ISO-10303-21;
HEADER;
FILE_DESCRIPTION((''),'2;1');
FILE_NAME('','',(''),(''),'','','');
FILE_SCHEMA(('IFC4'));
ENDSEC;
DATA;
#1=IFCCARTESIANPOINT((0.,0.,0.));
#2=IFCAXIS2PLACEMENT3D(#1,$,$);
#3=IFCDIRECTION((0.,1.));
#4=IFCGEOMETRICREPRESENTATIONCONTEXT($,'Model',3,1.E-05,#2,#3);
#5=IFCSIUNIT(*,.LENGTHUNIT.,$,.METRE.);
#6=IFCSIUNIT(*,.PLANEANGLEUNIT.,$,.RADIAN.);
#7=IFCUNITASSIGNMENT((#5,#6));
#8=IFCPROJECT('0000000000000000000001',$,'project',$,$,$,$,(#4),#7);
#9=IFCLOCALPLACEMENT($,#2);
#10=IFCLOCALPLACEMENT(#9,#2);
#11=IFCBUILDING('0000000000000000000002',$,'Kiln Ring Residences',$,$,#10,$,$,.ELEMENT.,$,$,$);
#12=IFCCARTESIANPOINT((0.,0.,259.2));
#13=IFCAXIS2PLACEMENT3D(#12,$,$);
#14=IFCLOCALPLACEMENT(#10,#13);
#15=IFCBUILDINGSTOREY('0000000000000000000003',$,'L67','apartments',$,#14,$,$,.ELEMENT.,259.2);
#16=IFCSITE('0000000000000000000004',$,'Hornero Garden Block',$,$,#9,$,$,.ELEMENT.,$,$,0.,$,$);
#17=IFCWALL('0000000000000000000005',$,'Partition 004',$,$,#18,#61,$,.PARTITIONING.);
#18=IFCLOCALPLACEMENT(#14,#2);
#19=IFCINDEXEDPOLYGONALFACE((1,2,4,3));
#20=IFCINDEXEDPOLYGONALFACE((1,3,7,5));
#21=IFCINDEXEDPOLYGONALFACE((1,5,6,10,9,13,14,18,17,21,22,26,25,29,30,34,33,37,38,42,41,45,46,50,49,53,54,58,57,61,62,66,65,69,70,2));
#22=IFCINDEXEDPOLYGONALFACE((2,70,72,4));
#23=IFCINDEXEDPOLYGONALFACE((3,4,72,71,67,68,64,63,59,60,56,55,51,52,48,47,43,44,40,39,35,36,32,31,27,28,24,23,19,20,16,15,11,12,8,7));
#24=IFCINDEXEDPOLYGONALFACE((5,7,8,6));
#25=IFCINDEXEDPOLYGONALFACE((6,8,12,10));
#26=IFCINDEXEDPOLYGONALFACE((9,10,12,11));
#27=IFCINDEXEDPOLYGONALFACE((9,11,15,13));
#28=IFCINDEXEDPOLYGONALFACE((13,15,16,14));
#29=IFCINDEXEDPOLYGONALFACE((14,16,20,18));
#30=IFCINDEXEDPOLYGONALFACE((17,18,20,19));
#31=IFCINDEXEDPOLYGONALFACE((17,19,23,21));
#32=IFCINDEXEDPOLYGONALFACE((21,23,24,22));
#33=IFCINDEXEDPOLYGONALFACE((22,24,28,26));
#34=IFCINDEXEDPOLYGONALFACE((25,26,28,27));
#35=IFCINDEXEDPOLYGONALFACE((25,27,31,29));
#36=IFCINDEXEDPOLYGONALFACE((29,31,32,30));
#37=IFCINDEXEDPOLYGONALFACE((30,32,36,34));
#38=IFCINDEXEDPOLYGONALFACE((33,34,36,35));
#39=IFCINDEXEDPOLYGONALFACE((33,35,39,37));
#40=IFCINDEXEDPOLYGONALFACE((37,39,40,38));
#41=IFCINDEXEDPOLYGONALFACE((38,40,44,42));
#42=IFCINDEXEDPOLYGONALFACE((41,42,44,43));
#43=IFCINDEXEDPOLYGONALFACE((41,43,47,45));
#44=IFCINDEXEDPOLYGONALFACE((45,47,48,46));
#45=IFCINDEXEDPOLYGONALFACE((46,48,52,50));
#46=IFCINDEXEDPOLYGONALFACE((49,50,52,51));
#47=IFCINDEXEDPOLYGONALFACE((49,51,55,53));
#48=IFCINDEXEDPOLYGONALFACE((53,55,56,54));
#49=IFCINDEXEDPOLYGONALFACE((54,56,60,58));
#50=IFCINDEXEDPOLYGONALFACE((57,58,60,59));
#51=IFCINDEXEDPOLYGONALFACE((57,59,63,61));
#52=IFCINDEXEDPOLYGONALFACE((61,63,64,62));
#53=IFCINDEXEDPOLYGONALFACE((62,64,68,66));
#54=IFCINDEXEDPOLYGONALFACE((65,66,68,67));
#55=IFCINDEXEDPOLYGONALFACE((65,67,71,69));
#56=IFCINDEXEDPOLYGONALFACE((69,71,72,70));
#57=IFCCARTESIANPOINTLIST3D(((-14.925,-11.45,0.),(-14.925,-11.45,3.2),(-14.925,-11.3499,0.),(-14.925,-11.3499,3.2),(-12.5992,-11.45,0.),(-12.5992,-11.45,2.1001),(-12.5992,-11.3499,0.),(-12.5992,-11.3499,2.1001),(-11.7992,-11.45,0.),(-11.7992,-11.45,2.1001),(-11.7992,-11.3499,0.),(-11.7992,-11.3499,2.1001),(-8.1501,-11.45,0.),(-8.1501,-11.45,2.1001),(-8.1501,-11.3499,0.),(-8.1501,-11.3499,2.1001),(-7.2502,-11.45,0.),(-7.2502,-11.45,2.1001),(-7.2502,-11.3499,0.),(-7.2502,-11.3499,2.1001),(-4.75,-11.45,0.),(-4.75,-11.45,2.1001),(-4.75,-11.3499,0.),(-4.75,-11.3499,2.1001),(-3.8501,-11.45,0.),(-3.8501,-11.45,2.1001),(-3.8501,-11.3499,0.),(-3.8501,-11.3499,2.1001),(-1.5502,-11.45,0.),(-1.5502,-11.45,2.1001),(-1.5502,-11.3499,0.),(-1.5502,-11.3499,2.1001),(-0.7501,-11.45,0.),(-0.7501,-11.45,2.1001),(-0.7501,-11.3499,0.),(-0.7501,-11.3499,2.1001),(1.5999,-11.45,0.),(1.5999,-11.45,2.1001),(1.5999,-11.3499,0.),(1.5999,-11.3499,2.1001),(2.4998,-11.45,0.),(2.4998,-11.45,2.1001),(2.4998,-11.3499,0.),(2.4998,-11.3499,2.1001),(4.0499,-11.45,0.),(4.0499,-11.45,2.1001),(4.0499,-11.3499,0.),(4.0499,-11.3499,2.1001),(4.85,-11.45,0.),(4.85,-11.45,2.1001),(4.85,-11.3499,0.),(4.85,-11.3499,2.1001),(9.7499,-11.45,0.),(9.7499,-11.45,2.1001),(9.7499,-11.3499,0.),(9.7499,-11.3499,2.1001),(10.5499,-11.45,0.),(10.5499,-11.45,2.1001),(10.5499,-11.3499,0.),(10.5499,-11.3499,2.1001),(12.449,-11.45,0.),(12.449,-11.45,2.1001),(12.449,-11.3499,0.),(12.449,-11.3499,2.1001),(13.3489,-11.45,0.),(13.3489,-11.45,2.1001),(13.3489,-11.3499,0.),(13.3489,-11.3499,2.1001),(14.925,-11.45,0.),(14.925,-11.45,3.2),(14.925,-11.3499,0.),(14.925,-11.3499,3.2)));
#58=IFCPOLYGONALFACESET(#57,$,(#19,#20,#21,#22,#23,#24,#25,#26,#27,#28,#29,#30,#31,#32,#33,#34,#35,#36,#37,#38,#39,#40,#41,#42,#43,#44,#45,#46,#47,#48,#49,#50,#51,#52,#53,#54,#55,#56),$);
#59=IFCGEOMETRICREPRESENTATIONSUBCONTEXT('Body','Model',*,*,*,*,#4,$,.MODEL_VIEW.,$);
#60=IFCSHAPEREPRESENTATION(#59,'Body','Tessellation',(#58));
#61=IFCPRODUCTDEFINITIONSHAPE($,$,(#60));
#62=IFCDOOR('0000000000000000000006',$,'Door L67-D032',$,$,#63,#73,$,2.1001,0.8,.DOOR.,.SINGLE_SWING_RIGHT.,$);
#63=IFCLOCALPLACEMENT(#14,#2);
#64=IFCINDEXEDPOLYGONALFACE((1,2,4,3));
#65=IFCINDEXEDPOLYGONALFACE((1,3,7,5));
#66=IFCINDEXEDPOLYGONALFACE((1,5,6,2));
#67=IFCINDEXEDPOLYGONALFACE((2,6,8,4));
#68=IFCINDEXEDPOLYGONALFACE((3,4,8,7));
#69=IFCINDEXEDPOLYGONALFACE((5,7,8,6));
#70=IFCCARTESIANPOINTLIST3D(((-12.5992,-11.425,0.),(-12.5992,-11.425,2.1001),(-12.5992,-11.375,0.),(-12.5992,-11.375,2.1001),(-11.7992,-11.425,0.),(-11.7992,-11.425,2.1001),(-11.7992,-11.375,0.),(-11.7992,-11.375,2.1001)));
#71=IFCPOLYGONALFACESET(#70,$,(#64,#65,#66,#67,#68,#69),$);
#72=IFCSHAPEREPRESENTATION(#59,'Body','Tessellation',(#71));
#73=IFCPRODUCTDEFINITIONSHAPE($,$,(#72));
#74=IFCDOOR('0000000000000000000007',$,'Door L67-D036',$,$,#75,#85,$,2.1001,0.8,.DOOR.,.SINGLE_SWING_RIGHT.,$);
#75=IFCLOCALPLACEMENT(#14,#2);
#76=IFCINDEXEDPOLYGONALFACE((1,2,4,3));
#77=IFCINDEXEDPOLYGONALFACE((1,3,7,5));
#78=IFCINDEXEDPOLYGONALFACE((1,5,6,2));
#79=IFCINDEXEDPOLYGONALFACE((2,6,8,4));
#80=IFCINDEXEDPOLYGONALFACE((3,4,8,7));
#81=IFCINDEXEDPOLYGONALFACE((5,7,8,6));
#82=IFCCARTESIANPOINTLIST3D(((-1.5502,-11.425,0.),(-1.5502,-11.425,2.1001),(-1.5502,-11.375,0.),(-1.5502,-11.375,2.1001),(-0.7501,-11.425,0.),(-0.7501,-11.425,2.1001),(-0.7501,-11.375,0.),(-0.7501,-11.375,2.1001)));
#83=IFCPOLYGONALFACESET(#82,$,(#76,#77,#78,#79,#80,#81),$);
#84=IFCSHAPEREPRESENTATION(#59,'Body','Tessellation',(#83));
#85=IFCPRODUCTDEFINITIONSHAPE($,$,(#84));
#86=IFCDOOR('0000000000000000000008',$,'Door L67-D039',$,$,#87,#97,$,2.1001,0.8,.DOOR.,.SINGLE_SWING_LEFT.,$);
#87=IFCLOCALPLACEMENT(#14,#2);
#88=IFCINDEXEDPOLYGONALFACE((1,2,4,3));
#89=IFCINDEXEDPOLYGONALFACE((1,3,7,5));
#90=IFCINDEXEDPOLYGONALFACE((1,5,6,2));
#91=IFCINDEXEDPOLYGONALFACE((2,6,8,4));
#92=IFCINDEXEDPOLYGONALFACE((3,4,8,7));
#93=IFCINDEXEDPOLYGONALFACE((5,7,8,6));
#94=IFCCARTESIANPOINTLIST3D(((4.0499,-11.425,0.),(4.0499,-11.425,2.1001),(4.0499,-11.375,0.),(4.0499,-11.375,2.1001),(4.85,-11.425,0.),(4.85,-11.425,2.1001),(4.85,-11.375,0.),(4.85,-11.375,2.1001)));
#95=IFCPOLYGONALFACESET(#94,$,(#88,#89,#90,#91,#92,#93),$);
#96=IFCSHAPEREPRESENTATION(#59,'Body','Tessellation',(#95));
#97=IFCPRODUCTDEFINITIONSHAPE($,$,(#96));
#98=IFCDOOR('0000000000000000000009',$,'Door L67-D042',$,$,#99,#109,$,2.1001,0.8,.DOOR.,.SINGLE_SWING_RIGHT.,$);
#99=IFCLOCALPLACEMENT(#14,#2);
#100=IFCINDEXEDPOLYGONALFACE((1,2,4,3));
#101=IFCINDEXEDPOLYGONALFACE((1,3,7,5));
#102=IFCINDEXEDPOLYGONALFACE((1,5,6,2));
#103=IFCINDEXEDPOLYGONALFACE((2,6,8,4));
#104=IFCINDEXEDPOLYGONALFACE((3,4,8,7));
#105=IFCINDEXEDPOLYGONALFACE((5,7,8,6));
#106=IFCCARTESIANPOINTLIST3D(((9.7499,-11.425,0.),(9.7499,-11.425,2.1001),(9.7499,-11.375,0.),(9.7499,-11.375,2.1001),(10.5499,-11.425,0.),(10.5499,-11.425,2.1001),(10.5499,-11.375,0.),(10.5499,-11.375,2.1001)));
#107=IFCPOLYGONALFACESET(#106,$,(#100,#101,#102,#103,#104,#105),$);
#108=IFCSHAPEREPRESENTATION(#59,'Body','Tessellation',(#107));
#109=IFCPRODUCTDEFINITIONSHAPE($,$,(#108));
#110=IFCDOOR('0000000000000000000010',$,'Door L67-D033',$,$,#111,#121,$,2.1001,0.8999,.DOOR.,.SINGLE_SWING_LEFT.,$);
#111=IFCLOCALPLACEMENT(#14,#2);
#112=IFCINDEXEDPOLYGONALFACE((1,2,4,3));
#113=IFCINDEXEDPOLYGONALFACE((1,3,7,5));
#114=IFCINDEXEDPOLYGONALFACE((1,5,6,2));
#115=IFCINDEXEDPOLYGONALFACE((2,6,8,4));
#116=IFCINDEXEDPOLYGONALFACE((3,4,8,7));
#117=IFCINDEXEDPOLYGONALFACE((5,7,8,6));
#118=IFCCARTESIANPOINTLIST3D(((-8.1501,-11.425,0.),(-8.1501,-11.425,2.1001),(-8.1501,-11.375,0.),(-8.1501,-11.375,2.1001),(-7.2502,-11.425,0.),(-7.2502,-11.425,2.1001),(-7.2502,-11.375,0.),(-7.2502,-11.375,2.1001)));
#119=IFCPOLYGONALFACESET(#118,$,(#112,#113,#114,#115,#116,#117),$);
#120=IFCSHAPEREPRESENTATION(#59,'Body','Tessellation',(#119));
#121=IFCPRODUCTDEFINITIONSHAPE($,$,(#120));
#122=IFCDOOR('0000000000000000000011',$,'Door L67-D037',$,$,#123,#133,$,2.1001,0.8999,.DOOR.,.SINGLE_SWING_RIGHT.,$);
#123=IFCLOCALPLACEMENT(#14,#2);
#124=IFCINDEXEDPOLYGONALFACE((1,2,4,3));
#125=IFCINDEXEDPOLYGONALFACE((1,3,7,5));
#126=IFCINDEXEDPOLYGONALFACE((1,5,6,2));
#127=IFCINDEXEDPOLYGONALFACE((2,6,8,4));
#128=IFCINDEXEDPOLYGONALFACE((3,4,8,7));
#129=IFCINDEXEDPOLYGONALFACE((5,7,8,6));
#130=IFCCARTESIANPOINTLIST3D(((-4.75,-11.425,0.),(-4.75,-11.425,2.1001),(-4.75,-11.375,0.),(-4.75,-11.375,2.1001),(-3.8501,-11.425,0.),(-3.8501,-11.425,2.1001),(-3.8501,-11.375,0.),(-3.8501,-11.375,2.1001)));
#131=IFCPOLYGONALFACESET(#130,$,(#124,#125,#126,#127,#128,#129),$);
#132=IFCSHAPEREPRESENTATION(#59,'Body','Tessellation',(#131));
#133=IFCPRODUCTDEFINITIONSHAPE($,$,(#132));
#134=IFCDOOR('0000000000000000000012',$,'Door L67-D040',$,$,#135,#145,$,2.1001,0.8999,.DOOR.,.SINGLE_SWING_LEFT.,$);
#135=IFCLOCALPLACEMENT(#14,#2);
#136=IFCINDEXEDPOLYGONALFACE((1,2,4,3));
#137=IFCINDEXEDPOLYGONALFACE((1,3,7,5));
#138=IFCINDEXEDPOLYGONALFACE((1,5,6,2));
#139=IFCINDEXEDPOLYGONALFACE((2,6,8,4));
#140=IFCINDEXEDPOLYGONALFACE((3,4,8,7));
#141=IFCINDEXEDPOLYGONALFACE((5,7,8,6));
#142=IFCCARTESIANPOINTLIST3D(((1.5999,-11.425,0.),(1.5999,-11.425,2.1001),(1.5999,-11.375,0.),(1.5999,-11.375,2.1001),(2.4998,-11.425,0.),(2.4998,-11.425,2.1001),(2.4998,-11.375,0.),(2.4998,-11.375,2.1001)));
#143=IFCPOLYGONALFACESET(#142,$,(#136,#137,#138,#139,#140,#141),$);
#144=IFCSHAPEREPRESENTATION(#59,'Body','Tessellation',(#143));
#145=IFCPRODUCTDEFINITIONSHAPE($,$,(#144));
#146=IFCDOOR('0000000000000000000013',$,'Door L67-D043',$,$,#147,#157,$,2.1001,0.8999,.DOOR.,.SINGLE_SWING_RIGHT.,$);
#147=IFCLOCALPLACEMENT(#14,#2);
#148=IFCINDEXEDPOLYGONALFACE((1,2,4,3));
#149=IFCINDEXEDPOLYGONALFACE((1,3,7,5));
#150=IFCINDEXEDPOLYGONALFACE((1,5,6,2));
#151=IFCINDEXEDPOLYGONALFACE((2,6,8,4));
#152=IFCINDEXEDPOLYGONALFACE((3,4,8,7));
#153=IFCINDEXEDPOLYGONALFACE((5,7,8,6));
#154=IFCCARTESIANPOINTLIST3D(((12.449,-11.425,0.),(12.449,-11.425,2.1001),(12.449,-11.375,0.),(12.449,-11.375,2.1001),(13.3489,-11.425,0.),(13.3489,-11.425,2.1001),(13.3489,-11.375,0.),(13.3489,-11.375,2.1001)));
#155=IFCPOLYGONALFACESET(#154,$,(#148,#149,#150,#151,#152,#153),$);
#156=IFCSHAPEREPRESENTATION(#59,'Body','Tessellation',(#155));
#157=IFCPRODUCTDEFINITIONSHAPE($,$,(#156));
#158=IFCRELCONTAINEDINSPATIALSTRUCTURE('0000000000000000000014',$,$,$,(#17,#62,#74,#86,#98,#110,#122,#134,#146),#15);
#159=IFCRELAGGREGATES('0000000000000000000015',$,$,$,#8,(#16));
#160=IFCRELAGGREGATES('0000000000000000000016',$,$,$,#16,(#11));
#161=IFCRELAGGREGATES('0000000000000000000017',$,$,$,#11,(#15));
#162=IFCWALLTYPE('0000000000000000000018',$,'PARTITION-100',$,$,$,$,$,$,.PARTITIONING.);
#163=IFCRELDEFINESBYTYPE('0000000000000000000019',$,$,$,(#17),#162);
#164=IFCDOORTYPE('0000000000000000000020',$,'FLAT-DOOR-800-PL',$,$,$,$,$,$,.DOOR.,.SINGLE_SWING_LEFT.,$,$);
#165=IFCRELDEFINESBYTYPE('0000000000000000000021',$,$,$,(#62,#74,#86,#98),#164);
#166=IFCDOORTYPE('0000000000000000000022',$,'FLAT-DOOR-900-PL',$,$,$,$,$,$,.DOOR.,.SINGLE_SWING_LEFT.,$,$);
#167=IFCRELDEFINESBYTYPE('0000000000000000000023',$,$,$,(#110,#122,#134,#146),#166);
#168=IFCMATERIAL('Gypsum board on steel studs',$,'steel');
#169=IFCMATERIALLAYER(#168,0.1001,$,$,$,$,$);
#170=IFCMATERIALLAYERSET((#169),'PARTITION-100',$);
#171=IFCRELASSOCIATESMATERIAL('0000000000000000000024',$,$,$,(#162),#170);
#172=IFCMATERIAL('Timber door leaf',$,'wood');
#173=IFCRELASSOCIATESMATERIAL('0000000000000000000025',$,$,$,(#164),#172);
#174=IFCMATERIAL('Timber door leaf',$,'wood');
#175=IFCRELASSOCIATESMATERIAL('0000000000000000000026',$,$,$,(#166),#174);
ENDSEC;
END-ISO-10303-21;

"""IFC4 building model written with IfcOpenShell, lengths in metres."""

from ifc_helpers import new_model, si_unit, direction, frame, frame_2d, origin, place, context, subcontext, project, spatial, rectangle, extrude, material, layer, layer_set, type_object, element, fill, save


model = new_model("IFC4")

# Units and contexts
model_context = context("Model", 3, precision=1e-05, world=origin(), true_north=direction((0.0, 1.0)))
body_context = subcontext(model_context, "Body", "Model", "MODEL_VIEW")
ifc_project = project(units=[si_unit("LENGTHUNIT", "METRE"), si_unit("PLANEANGLEUNIT", "RADIAN")], contexts=[model_context])

# Site, building, storey
site_placement = place(None, origin())
site = spatial("IfcSite", under=ifc_project, at=site_placement, Name="Hornero Garden Block", CompositionType="ELEMENT", RefElevation=0.0)
building_placement = place(site_placement, origin())
building = spatial("IfcBuilding", under=site, at=building_placement, Name="Kiln Ring Residences", CompositionType="ELEMENT")
storey_placement = place(building_placement, frame((0.0, 0.0, 259.2)))
storey = spatial("IfcBuildingStorey", under=building, at=storey_placement, Name="L67", Description="apartments", CompositionType="ELEMENT", Elevation=259.2)

# Wall, openings, doors
ifc_material_1 = material(Name="Gypsum board on steel studs", Category="steel")
ifc_layer_1 = layer(ifc_material_1, 0.1001)
ifc_layer_set_1 = layer_set([ifc_layer_1], Name="PARTITION-100")
wall_type_1 = type_object("IfcWallType", Name="PARTITION-100", PredefinedType="PARTITIONING", material=ifc_layer_set_1)
wall_1_placement = place(storey_placement, frame((-14.925, -11.3999, 0.0), z_axis=(0.0, 0.0, 1.0), x_axis=(1.0, 0.0, 0.0)))
wall_1 = element("IfcWall", 1, at=wall_1_placement, inside=storey, type_object=wall_type_1, Name="Partition 004", PredefinedType="PARTITIONING", context=body_context, shape_type="SweptSolid", body=[
    extrude(rectangle(XDim=29.8501, YDim=0.1001, at=frame_2d((14.925, 0.0))), origin(), (0.0, 0.0, 1.0), 3.2),
])
opening_1_placement = place(wall_1_placement, frame((2.3259, 0.0, 0.0)))
opening_1 = element("IfcOpeningElement", 2, at=opening_1_placement, cuts=wall_1, PredefinedType="OPENING", context=body_context, shape_type="SweptSolid", body=[
    extrude(rectangle(XDim=0.8, YDim=2.1001, at=frame_2d((0.3999, 1.05))), frame((0.0, 0.0601, 0.0), z_axis=(0.0, -1.0, 0.0), x_axis=(1.0, 0.0, 0.0)), (0.0, 0.0, 1.0), 0.1201),
])
opening_2_placement = place(wall_1_placement, frame((6.7749, 0.0, 0.0)))
opening_2 = element("IfcOpeningElement", 3, at=opening_2_placement, cuts=wall_1, PredefinedType="OPENING", context=body_context, shape_type="SweptSolid", body=[
    extrude(rectangle(XDim=0.8999, YDim=2.1001, at=frame_2d((0.45, 1.05))), frame((0.0, 0.0601, 0.0), z_axis=(0.0, -1.0, 0.0), x_axis=(1.0, 0.0, 0.0)), (0.0, 0.0, 1.0), 0.1201),
])
opening_3_placement = place(wall_1_placement, frame((13.375, 0.0, 0.0)))
opening_3 = element("IfcOpeningElement", 4, at=opening_3_placement, cuts=wall_1, PredefinedType="OPENING", context=body_context, shape_type="SweptSolid", body=[
    extrude(rectangle(XDim=0.8, YDim=2.1001, at=frame_2d((0.3999, 1.05))), frame((0.0, 0.0601, 0.0), z_axis=(0.0, -1.0, 0.0), x_axis=(1.0, 0.0, 0.0)), (0.0, 0.0, 1.0), 0.1201),
])
opening_4_placement = place(wall_1_placement, frame((10.175, 0.0, 0.0)))
opening_4 = element("IfcOpeningElement", 5, at=opening_4_placement, cuts=wall_1, PredefinedType="OPENING", context=body_context, shape_type="SweptSolid", body=[
    extrude(rectangle(XDim=0.8999, YDim=2.1001, at=frame_2d((0.45, 1.05))), frame((0.0, 0.0601, 0.0), z_axis=(0.0, -1.0, 0.0), x_axis=(1.0, 0.0, 0.0)), (0.0, 0.0, 1.0), 0.1201),
])
opening_5_placement = place(wall_1_placement, frame((18.9751, 0.0, 0.0)))
opening_5 = element("IfcOpeningElement", 6, at=opening_5_placement, cuts=wall_1, PredefinedType="OPENING", context=body_context, shape_type="SweptSolid", body=[
    extrude(rectangle(XDim=0.8, YDim=2.1001, at=frame_2d((0.3999, 1.05))), frame((0.0, 0.0601, 0.0), z_axis=(0.0, -1.0, 0.0), x_axis=(1.0, 0.0, 0.0)), (0.0, 0.0, 1.0), 0.1201),
])
opening_6_placement = place(wall_1_placement, frame((16.5249, 0.0, 0.0)))
opening_6 = element("IfcOpeningElement", 7, at=opening_6_placement, cuts=wall_1, PredefinedType="OPENING", context=body_context, shape_type="SweptSolid", body=[
    extrude(rectangle(XDim=0.8999, YDim=2.1001, at=frame_2d((0.45, 1.05))), frame((0.0, 0.0601, 0.0), z_axis=(0.0, -1.0, 0.0), x_axis=(1.0, 0.0, 0.0)), (0.0, 0.0, 1.0), 0.1201),
])
opening_7_placement = place(wall_1_placement, frame((24.675, 0.0, 0.0)))
opening_7 = element("IfcOpeningElement", 8, at=opening_7_placement, cuts=wall_1, PredefinedType="OPENING", context=body_context, shape_type="SweptSolid", body=[
    extrude(rectangle(XDim=0.8, YDim=2.1001, at=frame_2d((0.3999, 1.05))), frame((0.0, 0.0601, 0.0), z_axis=(0.0, -1.0, 0.0), x_axis=(1.0, 0.0, 0.0)), (0.0, 0.0, 1.0), 0.1201),
])
opening_8_placement = place(wall_1_placement, frame((27.374, 0.0, 0.0)))
opening_8 = element("IfcOpeningElement", 9, at=opening_8_placement, cuts=wall_1, PredefinedType="OPENING", context=body_context, shape_type="SweptSolid", body=[
    extrude(rectangle(XDim=0.8999, YDim=2.1001, at=frame_2d((0.45, 1.05))), frame((0.0, 0.0601, 0.0), z_axis=(0.0, -1.0, 0.0), x_axis=(1.0, 0.0, 0.0)), (0.0, 0.0, 1.0), 0.1201),
])
ifc_material_2 = material(Name="Timber door leaf", Category="wood")
door_type_1 = type_object("IfcDoorType", Name="FLAT-DOOR-800-PL", OperationType="SINGLE_SWING_LEFT", PredefinedType="DOOR", material=ifc_material_2)
door_1_placement = place(opening_1_placement, origin())
door_1 = element("IfcDoor", 10, at=door_1_placement, inside=storey, type_object=door_type_1, Name="Door L67-D032", OperationType="SINGLE_SWING_RIGHT", OverallHeight=2.1001, OverallWidth=0.8, PredefinedType="DOOR", context=body_context, shape_type="SweptSolid", body=[
    extrude(rectangle(XDim=0.8, YDim=2.1001, at=frame_2d((0.3999, 1.05))), frame((0.0, 0.0249, 0.0), z_axis=(0.0, -1.0, 0.0), x_axis=(1.0, 0.0, 0.0)), (0.0, 0.0, 1.0), 0.05),
])
fill(opening_1, door_1)
door_2_placement = place(opening_3_placement, origin())
door_2 = element("IfcDoor", 11, at=door_2_placement, inside=storey, type_object=door_type_1, Name="Door L67-D036", OperationType="SINGLE_SWING_RIGHT", OverallHeight=2.1001, OverallWidth=0.8, PredefinedType="DOOR", context=body_context, shape_type="SweptSolid", body=[
    extrude(rectangle(XDim=0.8, YDim=2.1001, at=frame_2d((0.3999, 1.05))), frame((0.0, 0.0249, 0.0), z_axis=(0.0, -1.0, 0.0), x_axis=(1.0, 0.0, 0.0)), (0.0, 0.0, 1.0), 0.05),
])
fill(opening_3, door_2)
door_3_placement = place(opening_5_placement, origin())
door_3 = element("IfcDoor", 12, at=door_3_placement, inside=storey, type_object=door_type_1, Name="Door L67-D039", OperationType="SINGLE_SWING_LEFT", OverallHeight=2.1001, OverallWidth=0.8, PredefinedType="DOOR", context=body_context, shape_type="SweptSolid", body=[
    extrude(rectangle(XDim=0.8, YDim=2.1001, at=frame_2d((0.3999, 1.05))), frame((0.0, 0.0249, 0.0), z_axis=(0.0, -1.0, 0.0), x_axis=(1.0, 0.0, 0.0)), (0.0, 0.0, 1.0), 0.05),
])
fill(opening_5, door_3)
door_4_placement = place(opening_7_placement, origin())
door_4 = element("IfcDoor", 13, at=door_4_placement, inside=storey, type_object=door_type_1, Name="Door L67-D042", OperationType="SINGLE_SWING_RIGHT", OverallHeight=2.1001, OverallWidth=0.8, PredefinedType="DOOR", context=body_context, shape_type="SweptSolid", body=[
    extrude(rectangle(XDim=0.8, YDim=2.1001, at=frame_2d((0.3999, 1.05))), frame((0.0, 0.0249, 0.0), z_axis=(0.0, -1.0, 0.0), x_axis=(1.0, 0.0, 0.0)), (0.0, 0.0, 1.0), 0.05),
])
fill(opening_7, door_4)
ifc_material_3 = material(Name="Timber door leaf", Category="wood")
door_type_2 = type_object("IfcDoorType", Name="FLAT-DOOR-900-PL", OperationType="SINGLE_SWING_LEFT", PredefinedType="DOOR", material=ifc_material_3)
door_5_placement = place(opening_2_placement, origin())
door_5 = element("IfcDoor", 14, at=door_5_placement, inside=storey, type_object=door_type_2, Name="Door L67-D033", OperationType="SINGLE_SWING_LEFT", OverallHeight=2.1001, OverallWidth=0.8999, PredefinedType="DOOR", context=body_context, shape_type="SweptSolid", body=[
    extrude(rectangle(XDim=0.8999, YDim=2.1001, at=frame_2d((0.45, 1.05))), frame((0.0, 0.0249, 0.0), z_axis=(0.0, -1.0, 0.0), x_axis=(1.0, 0.0, 0.0)), (0.0, 0.0, 1.0), 0.05),
])
fill(opening_2, door_5)
door_6_placement = place(opening_4_placement, origin())
door_6 = element("IfcDoor", 15, at=door_6_placement, inside=storey, type_object=door_type_2, Name="Door L67-D037", OperationType="SINGLE_SWING_RIGHT", OverallHeight=2.1001, OverallWidth=0.8999, PredefinedType="DOOR", context=body_context, shape_type="SweptSolid", body=[
    extrude(rectangle(XDim=0.8999, YDim=2.1001, at=frame_2d((0.45, 1.05))), frame((0.0, 0.0249, 0.0), z_axis=(0.0, -1.0, 0.0), x_axis=(1.0, 0.0, 0.0)), (0.0, 0.0, 1.0), 0.05),
])
fill(opening_4, door_6)
door_7_placement = place(opening_6_placement, origin())
door_7 = element("IfcDoor", 16, at=door_7_placement, inside=storey, type_object=door_type_2, Name="Door L67-D040", OperationType="SINGLE_SWING_LEFT", OverallHeight=2.1001, OverallWidth=0.8999, PredefinedType="DOOR", context=body_context, shape_type="SweptSolid", body=[
    extrude(rectangle(XDim=0.8999, YDim=2.1001, at=frame_2d((0.45, 1.05))), frame((0.0, 0.0249, 0.0), z_axis=(0.0, -1.0, 0.0), x_axis=(1.0, 0.0, 0.0)), (0.0, 0.0, 1.0), 0.05),
])
fill(opening_6, door_7)
door_8_placement = place(opening_8_placement, origin())
door_8 = element("IfcDoor", 17, at=door_8_placement, inside=storey, type_object=door_type_2, Name="Door L67-D043", OperationType="SINGLE_SWING_RIGHT", OverallHeight=2.1001, OverallWidth=0.8999, PredefinedType="DOOR", context=body_context, shape_type="SweptSolid", body=[
    extrude(rectangle(XDim=0.8999, YDim=2.1001, at=frame_2d((0.45, 1.05))), frame((0.0, 0.0249, 0.0), z_axis=(0.0, -1.0, 0.0), x_axis=(1.0, 0.0, 0.0)), (0.0, 0.0, 1.0), 0.05),
])
fill(opening_8, door_8)

save(model, "model.ifc")
